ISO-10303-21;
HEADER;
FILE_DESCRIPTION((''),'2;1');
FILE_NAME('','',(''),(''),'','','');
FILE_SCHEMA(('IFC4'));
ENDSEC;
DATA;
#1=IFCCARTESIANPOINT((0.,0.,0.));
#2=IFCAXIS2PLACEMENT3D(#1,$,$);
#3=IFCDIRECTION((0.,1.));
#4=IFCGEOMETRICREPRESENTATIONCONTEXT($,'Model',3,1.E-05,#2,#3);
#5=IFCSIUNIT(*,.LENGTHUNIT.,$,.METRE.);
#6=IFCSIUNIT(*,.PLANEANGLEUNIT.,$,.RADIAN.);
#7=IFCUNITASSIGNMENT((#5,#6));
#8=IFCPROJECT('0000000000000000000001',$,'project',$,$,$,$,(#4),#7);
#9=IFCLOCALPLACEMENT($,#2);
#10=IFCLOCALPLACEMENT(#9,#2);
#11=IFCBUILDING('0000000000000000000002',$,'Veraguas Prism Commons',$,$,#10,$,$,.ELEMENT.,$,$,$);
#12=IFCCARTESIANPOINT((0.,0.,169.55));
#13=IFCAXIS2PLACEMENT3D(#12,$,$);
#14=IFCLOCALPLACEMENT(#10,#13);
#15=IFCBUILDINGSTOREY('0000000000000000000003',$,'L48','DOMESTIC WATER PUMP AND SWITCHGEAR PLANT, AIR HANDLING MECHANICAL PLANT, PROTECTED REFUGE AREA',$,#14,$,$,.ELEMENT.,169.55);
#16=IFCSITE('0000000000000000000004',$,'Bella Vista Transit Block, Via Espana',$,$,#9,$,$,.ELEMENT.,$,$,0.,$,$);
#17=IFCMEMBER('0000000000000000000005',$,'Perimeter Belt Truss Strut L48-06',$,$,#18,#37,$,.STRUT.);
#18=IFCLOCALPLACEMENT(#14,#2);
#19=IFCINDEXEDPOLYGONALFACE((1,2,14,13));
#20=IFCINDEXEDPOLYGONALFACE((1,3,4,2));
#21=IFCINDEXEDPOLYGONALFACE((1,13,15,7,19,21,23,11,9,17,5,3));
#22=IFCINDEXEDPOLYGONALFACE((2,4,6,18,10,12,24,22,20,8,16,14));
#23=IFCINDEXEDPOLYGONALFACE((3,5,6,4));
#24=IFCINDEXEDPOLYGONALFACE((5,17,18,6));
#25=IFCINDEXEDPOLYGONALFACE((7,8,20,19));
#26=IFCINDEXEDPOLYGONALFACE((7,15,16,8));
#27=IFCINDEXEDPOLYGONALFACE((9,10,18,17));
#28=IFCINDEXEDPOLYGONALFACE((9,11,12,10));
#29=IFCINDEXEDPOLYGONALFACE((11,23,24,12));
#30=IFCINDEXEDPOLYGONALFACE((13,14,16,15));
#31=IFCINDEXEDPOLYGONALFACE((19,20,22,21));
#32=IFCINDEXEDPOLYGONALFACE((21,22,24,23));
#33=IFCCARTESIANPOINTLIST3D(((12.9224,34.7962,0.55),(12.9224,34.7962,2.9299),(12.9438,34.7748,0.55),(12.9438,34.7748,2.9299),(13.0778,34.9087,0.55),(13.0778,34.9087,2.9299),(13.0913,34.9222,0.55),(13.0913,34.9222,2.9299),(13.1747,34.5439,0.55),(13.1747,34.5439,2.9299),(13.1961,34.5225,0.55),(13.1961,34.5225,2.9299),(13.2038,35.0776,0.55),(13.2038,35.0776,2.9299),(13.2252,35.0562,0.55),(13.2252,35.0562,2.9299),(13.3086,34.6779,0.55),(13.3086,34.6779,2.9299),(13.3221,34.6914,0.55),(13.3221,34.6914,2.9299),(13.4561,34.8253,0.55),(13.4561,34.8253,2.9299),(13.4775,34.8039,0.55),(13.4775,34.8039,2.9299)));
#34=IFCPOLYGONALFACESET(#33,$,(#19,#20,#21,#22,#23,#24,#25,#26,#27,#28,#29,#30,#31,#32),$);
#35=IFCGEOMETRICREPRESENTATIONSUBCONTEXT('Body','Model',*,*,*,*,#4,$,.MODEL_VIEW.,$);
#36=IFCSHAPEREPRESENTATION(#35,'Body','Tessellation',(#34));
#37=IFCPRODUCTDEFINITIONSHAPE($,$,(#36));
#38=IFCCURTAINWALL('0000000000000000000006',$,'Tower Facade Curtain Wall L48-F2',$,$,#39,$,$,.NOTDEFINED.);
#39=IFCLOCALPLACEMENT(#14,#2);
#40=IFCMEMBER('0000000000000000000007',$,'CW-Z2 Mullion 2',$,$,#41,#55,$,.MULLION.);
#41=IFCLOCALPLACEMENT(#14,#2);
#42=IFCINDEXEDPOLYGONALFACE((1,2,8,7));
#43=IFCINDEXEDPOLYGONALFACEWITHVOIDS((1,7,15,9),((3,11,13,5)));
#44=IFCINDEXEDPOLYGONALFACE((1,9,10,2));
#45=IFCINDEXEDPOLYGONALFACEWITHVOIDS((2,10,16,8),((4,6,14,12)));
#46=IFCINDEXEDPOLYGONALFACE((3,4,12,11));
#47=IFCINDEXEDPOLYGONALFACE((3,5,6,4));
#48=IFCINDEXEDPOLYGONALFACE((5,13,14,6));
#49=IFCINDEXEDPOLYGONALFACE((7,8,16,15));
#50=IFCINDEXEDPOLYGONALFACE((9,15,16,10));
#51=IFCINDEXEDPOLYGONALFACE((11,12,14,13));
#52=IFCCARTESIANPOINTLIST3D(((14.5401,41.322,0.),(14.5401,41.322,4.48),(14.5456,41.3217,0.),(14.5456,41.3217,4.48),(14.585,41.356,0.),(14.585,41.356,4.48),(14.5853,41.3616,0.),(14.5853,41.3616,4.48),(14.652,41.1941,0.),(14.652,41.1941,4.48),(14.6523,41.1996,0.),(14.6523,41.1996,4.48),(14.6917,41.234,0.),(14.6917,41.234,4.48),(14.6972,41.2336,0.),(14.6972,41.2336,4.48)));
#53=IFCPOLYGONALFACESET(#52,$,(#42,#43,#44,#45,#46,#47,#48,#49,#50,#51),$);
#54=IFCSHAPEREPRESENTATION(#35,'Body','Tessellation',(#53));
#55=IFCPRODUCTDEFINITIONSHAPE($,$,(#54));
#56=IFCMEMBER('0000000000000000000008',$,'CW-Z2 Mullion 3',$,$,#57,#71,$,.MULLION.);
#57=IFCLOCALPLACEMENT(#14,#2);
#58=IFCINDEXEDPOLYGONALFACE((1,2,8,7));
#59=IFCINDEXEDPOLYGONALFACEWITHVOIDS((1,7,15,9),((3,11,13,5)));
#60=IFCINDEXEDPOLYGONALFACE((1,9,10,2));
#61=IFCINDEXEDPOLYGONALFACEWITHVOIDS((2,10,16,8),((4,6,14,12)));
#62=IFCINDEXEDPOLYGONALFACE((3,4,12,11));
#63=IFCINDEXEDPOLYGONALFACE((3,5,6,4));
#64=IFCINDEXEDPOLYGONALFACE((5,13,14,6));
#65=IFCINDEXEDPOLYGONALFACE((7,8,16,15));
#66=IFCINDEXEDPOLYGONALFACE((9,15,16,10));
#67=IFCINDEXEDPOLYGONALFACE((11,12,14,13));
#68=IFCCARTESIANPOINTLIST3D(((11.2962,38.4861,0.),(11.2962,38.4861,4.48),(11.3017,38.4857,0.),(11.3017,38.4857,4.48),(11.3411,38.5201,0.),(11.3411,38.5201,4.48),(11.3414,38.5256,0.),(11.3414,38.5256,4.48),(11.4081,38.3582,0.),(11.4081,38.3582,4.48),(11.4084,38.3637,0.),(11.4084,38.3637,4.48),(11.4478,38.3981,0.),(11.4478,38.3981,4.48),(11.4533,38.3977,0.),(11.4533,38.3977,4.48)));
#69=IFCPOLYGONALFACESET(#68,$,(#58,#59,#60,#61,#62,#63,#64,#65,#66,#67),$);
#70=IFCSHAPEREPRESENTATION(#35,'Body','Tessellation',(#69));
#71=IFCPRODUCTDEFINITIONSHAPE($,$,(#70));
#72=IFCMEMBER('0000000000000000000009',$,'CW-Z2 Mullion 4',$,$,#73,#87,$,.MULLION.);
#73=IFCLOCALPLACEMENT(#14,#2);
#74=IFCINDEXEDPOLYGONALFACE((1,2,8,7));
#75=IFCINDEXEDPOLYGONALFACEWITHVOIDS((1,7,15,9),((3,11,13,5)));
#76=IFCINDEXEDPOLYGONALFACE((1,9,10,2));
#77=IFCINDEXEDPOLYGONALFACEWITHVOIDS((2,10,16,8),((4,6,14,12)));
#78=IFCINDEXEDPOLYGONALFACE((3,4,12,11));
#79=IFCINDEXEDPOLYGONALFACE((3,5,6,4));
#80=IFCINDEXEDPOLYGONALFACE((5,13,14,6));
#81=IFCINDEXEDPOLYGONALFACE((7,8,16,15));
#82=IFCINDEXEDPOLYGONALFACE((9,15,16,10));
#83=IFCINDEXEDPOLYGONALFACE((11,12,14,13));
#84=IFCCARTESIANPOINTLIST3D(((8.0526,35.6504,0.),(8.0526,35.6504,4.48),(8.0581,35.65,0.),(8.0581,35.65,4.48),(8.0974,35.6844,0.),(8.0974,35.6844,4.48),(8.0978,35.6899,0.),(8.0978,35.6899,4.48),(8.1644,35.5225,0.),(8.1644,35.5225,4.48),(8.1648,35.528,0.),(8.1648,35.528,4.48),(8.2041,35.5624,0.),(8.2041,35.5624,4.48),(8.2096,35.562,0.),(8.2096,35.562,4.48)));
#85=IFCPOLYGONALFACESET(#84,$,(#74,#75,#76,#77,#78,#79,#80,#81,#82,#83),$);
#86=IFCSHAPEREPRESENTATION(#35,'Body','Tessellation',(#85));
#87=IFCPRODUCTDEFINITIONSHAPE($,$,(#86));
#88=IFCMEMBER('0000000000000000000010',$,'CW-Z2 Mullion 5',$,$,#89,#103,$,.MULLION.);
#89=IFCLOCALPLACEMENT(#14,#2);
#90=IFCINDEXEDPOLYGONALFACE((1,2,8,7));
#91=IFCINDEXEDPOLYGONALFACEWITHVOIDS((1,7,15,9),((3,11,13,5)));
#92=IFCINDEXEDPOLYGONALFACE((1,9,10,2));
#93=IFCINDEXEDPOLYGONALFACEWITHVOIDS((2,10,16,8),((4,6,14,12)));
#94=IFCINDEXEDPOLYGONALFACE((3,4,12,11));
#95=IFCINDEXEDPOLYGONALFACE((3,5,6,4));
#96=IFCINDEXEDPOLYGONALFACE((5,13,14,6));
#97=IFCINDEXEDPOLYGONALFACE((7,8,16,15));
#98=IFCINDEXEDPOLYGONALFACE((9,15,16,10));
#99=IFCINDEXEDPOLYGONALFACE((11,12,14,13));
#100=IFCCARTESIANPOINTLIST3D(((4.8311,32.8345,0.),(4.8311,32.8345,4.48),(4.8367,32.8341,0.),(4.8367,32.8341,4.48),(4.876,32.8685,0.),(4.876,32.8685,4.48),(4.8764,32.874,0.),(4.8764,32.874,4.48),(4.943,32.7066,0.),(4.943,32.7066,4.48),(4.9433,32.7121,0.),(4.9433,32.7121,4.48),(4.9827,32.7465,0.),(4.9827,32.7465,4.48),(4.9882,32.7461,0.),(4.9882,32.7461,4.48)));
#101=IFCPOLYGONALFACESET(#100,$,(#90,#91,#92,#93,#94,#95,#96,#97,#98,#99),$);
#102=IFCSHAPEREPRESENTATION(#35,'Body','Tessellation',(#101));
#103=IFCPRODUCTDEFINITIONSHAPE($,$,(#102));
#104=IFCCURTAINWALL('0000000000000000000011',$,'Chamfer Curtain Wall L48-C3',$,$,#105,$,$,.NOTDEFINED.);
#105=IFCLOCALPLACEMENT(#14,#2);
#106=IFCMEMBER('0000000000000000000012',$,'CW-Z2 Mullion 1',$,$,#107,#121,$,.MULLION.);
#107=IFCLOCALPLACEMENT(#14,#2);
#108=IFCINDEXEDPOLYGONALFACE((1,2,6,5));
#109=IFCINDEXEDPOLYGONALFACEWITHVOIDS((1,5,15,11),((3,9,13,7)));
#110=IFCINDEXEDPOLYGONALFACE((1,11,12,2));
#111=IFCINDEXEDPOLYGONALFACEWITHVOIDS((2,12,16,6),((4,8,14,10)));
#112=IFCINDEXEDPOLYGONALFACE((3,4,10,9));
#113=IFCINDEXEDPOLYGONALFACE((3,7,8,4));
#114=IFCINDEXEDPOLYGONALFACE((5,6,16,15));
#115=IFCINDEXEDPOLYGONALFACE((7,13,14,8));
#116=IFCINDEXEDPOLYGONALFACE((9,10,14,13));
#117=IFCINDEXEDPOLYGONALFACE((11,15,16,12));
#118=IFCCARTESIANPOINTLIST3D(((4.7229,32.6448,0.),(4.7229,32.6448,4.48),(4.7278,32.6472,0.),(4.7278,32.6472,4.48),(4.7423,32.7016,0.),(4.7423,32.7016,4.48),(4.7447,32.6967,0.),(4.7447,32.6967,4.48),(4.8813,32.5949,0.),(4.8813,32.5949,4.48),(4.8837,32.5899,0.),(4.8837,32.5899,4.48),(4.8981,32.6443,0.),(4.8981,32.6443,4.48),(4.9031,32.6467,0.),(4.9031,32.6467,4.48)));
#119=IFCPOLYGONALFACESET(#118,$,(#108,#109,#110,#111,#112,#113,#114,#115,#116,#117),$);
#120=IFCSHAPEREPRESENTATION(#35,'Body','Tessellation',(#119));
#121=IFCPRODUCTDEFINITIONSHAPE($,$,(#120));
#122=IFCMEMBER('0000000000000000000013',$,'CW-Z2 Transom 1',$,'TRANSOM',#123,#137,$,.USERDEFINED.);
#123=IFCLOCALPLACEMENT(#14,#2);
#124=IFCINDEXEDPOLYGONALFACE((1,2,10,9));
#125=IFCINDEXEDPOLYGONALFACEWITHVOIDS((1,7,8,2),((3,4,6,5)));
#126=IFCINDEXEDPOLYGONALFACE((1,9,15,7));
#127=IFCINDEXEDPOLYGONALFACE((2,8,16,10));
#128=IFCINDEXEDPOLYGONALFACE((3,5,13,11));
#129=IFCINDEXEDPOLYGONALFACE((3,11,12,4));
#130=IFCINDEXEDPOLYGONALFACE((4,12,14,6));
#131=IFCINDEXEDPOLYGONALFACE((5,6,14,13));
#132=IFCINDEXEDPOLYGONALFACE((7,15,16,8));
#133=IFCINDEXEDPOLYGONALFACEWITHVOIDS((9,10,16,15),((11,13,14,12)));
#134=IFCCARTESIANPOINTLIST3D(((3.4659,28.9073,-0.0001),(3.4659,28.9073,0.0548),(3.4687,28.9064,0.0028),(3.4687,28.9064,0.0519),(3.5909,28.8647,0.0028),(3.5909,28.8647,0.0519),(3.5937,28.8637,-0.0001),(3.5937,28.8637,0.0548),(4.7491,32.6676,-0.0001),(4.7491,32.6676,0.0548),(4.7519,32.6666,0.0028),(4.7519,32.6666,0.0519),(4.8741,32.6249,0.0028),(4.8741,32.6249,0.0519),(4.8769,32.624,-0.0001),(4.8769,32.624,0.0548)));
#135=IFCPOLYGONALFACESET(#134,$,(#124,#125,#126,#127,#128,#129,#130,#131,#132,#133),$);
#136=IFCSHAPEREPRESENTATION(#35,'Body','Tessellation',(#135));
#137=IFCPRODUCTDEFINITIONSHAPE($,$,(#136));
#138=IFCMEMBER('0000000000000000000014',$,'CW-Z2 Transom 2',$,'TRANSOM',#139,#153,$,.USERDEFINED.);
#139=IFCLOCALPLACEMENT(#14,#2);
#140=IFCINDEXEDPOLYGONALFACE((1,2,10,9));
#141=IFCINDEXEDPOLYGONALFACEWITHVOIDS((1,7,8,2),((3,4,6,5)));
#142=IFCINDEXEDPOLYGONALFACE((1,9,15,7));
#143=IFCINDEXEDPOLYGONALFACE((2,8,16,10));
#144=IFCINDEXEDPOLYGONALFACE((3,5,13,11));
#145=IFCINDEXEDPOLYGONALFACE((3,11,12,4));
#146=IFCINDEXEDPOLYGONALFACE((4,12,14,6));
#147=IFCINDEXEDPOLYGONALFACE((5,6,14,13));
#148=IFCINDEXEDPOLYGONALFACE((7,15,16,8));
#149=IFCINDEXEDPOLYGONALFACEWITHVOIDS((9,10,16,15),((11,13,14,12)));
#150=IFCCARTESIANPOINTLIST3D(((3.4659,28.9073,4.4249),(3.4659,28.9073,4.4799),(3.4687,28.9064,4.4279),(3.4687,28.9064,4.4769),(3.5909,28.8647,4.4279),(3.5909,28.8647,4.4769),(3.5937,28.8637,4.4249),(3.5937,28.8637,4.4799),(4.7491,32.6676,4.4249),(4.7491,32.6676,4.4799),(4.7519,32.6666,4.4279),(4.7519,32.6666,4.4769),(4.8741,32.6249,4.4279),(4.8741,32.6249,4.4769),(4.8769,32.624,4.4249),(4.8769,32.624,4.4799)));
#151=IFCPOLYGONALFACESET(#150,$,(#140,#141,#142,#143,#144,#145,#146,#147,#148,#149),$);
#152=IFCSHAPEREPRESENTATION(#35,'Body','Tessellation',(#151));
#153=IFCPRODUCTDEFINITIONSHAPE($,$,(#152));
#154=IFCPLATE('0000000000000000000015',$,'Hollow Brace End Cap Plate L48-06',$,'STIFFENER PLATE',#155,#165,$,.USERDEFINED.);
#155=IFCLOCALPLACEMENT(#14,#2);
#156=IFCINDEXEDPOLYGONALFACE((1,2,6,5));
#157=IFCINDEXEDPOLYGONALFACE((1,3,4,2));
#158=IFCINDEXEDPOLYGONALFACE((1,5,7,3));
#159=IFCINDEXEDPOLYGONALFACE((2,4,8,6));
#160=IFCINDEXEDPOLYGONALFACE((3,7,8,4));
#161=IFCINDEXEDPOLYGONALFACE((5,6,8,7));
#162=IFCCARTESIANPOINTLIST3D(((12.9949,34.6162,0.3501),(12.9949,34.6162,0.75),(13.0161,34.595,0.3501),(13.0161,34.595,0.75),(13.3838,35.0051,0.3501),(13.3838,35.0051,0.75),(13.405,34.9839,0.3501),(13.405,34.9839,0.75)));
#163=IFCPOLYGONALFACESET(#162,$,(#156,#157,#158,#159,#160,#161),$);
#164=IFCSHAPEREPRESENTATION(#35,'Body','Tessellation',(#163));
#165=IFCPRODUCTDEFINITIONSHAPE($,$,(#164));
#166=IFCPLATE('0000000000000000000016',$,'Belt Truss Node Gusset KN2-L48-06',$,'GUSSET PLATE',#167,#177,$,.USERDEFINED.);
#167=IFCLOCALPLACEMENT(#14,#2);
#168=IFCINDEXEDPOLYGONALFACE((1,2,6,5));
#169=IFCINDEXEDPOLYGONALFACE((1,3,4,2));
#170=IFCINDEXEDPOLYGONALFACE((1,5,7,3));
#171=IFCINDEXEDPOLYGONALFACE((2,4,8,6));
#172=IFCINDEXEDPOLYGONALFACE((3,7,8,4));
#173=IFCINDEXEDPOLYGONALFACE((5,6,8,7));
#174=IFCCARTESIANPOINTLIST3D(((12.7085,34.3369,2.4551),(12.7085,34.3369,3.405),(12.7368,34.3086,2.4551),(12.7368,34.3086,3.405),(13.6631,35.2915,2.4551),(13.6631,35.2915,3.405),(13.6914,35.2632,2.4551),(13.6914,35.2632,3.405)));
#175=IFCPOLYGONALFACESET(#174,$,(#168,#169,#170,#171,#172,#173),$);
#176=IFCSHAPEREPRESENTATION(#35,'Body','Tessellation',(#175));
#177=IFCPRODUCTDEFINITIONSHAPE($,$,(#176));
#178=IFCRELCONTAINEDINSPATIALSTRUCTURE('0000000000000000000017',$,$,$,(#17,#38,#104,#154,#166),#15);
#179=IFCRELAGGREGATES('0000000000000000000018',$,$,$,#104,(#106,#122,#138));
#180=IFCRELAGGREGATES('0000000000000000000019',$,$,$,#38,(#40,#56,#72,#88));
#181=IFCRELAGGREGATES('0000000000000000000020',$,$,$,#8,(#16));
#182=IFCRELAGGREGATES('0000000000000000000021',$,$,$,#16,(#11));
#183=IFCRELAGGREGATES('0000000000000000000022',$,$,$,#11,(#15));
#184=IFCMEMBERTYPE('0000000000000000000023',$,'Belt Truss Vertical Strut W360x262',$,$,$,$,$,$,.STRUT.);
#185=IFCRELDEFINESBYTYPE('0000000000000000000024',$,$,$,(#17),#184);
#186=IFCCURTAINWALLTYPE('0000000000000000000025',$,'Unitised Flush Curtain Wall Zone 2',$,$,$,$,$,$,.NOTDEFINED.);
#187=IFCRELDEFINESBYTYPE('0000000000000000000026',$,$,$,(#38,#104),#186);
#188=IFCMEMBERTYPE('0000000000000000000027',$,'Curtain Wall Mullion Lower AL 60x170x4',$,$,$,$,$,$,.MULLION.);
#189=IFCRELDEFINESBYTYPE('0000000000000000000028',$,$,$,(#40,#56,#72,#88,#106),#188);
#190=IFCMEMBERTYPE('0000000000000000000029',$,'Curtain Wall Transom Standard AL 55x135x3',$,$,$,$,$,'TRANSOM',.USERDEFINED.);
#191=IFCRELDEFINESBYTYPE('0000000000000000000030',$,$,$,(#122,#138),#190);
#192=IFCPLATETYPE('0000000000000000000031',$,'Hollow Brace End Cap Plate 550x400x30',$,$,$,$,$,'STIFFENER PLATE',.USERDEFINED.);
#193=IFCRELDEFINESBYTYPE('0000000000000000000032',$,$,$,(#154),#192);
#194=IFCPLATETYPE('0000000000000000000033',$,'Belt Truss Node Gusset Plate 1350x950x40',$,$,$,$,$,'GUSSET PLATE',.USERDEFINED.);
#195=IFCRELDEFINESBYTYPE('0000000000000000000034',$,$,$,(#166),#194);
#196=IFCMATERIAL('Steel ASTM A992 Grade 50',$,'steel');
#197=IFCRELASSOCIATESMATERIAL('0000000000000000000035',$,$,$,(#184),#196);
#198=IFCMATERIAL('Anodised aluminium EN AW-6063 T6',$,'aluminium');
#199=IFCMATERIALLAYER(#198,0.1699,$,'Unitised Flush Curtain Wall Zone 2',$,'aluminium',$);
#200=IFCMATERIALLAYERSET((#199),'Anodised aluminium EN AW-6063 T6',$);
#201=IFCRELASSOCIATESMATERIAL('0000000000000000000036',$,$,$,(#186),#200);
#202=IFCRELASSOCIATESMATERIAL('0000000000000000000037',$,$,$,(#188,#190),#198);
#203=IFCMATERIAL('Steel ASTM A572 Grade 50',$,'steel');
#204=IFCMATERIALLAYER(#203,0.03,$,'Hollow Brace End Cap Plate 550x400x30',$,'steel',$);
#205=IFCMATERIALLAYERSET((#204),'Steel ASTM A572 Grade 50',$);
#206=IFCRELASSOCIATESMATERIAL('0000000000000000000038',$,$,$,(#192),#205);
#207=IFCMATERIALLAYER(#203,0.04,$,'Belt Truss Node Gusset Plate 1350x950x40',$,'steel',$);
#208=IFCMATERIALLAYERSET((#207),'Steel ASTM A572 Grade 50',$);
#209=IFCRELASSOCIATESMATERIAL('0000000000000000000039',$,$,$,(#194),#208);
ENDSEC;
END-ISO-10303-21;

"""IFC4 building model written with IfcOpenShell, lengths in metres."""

from ifc_helpers import new_model, si_unit, direction, frame, origin, origin_2d, place, context, subcontext, project, spatial, rectangle, hollow_rectangle, i_section, extrude, source, transform, mapped, material, layer, layer_set, material_profile, profile_set, type_object, element, aggregate, save


model = new_model("IFC4")

# Units and contexts
model_context = context("Model", 3, precision=1e-05, world=origin(), true_north=direction((0.0, 1.0)))
body_context = subcontext(model_context, "Body", "Model", "MODEL_VIEW")
ifc_project = project(units=[si_unit("LENGTHUNIT", "METRE"), si_unit("PLANEANGLEUNIT", "RADIAN")], contexts=[model_context])

# Site, building, storey
site_placement = place(None, origin())
site = spatial("IfcSite", under=ifc_project, at=site_placement, Name="Bella Vista Transit Block, Via Espana", CompositionType="ELEMENT", RefElevation=0.0)
building_placement = place(site_placement, origin())
building = spatial("IfcBuilding", under=site, at=building_placement, Name="Veraguas Prism Commons", CompositionType="ELEMENT")
storey_placement = place(building_placement, frame((0.0, 0.0, 169.55)))
storey = spatial("IfcBuildingStorey", under=building, at=storey_placement, Name="L48", Description="DOMESTIC WATER PUMP AND SWITCHGEAR PLANT, AIR HANDLING MECHANICAL PLANT, PROTECTED REFUGE AREA", CompositionType="ELEMENT", Elevation=169.55)

# Member
ifc_material_1 = material(Name="Steel ASTM A992 Grade 50", Category="steel")
ifc_material_profile_1 = material_profile(ifc_material_1, i_section(OverallWidth=0.3979, OverallDepth=0.387, WebThickness=0.019, FlangeThickness=0.0303, at=origin_2d()), Name="W360X262")
ifc_profile_set_1 = profile_set([ifc_material_profile_1], Name="Steel ASTM A992 Grade 50")
member_type_1 = type_object("IfcMemberType", Name="Belt Truss Vertical Strut W360x262", PredefinedType="STRUT", material=ifc_profile_set_1)
member_1_placement = place(storey_placement, frame((13.2, 34.8, 0.55), z_axis=(0.0, 0.0, 1.0), x_axis=(-0.707107, -0.707107, 0.0)))
element("IfcMember", 1, at=member_1_placement, inside=storey, type_object=member_type_1, Name="Perimeter Belt Truss Strut L48-06", PredefinedType="STRUT", context=body_context, shape_type="SweptSolid", body=[
    extrude(i_section(OverallWidth=0.3979, OverallDepth=0.387, WebThickness=0.019, FlangeThickness=0.0303, at=origin_2d()), origin(), (0.0, 0.0, 1.0), 2.3799),
])

# Curtain walls, members
ifc_material_2 = material(Name="Anodised aluminium EN AW-6063 T6", Category="aluminium")
ifc_layer_1 = layer(ifc_material_2, 0.1699, Name="Unitised Flush Curtain Wall Zone 2", Category="aluminium")
ifc_layer_set_1 = layer_set([ifc_layer_1], Name="Anodised aluminium EN AW-6063 T6")
curtain_wall_type = type_object("IfcCurtainWallType", Name="Unitised Flush Curtain Wall Zone 2", PredefinedType="NOTDEFINED", material=ifc_layer_set_1)
curtain_wall_1_placement = place(storey_placement, origin())
curtain_wall_1 = element("IfcCurtainWall", 2, at=curtain_wall_1_placement, inside=storey, type_object=curtain_wall_type, Name="Tower Facade Curtain Wall L48-F2", PredefinedType="NOTDEFINED")
ifc_material_profile_2 = material_profile(ifc_material_2, hollow_rectangle(XDim=0.0601, YDim=0.1699, WallThickness=0.0039, at=origin_2d()), Name="AL60X170X4")
ifc_profile_set_2 = profile_set([ifc_material_profile_2], Name="Anodised aluminium EN AW-6063 T6")
member_type_2 = type_object("IfcMemberType", Name="Curtain Wall Mullion Lower AL 60x170x4", PredefinedType="MULLION", material=ifc_profile_set_2)
shared_shape_1 = source(origin(), body_context, "Body", "SweptSolid", [
    extrude(hollow_rectangle(XDim=0.0601, YDim=0.1699, WallThickness=0.0039, at=origin_2d()), origin(), (0.0, 0.0, 1.0), 4.48),
])
member_2_placement = place(storey_placement, frame((14.6187, 41.2778, 0.0), z_axis=(0.0, 0.0, 1.0), x_axis=(-0.752872, -0.658167, 0.0)))
member_2 = element("IfcMember", 3, at=member_2_placement, type_object=member_type_2, Name="CW-Z2 Mullion 2", PredefinedType="MULLION", context=body_context, shape_type="MappedRepresentation", body=[
    mapped(shared_shape_1, transform((0.0, 0.0, 0.0), scale=1.0)),
])
member_3_placement = place(storey_placement, frame((11.3748, 38.4419, 0.0), z_axis=(0.0, 0.0, 1.0), x_axis=(-0.752872, -0.658167, 0.0)))
member_3 = element("IfcMember", 4, at=member_3_placement, type_object=member_type_2, Name="CW-Z2 Mullion 3", PredefinedType="MULLION", context=body_context, shape_type="MappedRepresentation", body=[
    mapped(shared_shape_1, transform((0.0, 0.0, 0.0), scale=1.0)),
])
member_4_placement = place(storey_placement, frame((8.1311, 35.6062, 0.0), z_axis=(0.0, 0.0, 1.0), x_axis=(-0.752872, -0.658167, 0.0)))
member_4 = element("IfcMember", 5, at=member_4_placement, type_object=member_type_2, Name="CW-Z2 Mullion 4", PredefinedType="MULLION", context=body_context, shape_type="MappedRepresentation", body=[
    mapped(shared_shape_1, transform((0.0, 0.0, 0.0), scale=1.0)),
])
member_5_placement = place(storey_placement, frame((4.9097, 32.7903, 0.0), z_axis=(0.0, 0.0, 1.0), x_axis=(-0.752872, -0.658167, 0.0)))
member_5 = element("IfcMember", 6, at=member_5_placement, type_object=member_type_2, Name="CW-Z2 Mullion 5", PredefinedType="MULLION", context=body_context, shape_type="MappedRepresentation", body=[
    mapped(shared_shape_1, transform((0.0, 0.0, 0.0), scale=1.0)),
])
curtain_wall_2_placement = place(storey_placement, origin())
curtain_wall_2 = element("IfcCurtainWall", 7, at=curtain_wall_2_placement, inside=storey, type_object=curtain_wall_type, Name="Chamfer Curtain Wall L48-C3", PredefinedType="NOTDEFINED")
member_6_placement = place(storey_placement, frame((4.813, 32.6458, 0.0), z_axis=(0.0, 0.0, 1.0), x_axis=(-0.32293, -0.946423, 0.0)))
member_6 = element("IfcMember", 8, at=member_6_placement, type_object=member_type_2, Name="CW-Z2 Mullion 1", PredefinedType="MULLION", context=body_context, shape_type="MappedRepresentation", body=[
    mapped(shared_shape_1, transform((0.0, 0.0, 0.0), scale=1.0)),
])
ifc_material_profile_3 = material_profile(ifc_material_2, hollow_rectangle(XDim=0.0549, YDim=0.135, WallThickness=0.0029, at=origin_2d()), Name="AL55X135X3")
ifc_profile_set_3 = profile_set([ifc_material_profile_3], Name="Anodised aluminium EN AW-6063 T6")
member_type_3 = type_object("IfcMemberType", Name="Curtain Wall Transom Standard AL 55x135x3", ElementType="TRANSOM", PredefinedType="USERDEFINED", material=ifc_profile_set_3)
shared_shape_2 = source(origin(), body_context, "Body", "SweptSolid", [
    extrude(hollow_rectangle(XDim=0.0549, YDim=0.135, WallThickness=0.0029, at=origin_2d()), origin(), (0.0, 0.0, 1.0), 3.9731),
])
member_7_placement = place(storey_placement, frame((4.813, 32.6458, 0.0273), z_axis=(-0.322967, -0.94641, 0.0), x_axis=(0.0, 0.0, 1.0)))
member_7 = element("IfcMember", 9, at=member_7_placement, type_object=member_type_3, Name="CW-Z2 Transom 1", ObjectType="TRANSOM", PredefinedType="USERDEFINED", context=body_context, shape_type="MappedRepresentation", body=[
    mapped(shared_shape_2, transform((0.0, 0.0, 0.0), scale=1.0)),
])
member_8_placement = place(storey_placement, frame((4.813, 32.6458, 4.4524), z_axis=(-0.322967, -0.94641, 0.0), x_axis=(0.0, 0.0, 1.0)))
member_8 = element("IfcMember", 10, at=member_8_placement, type_object=member_type_3, Name="CW-Z2 Transom 2", ObjectType="TRANSOM", PredefinedType="USERDEFINED", context=body_context, shape_type="MappedRepresentation", body=[
    mapped(shared_shape_2, transform((0.0, 0.0, 0.0), scale=1.0)),
])
aggregate(curtain_wall_2, [member_6, member_7, member_8])

# Plates
ifc_material_3 = material(Name="Steel ASTM A572 Grade 50", Category="steel")
ifc_layer_2 = layer(ifc_material_3, 0.03, Name="Hollow Brace End Cap Plate 550x400x30", Category="steel")
ifc_layer_set_2 = layer_set([ifc_layer_2], Name="Steel ASTM A572 Grade 50")
plate_type_1 = type_object("IfcPlateType", Name="Hollow Brace End Cap Plate 550x400x30", ElementType="STIFFENER PLATE", PredefinedType="USERDEFINED", material=ifc_layer_set_2)
shared_shape_3 = source(origin(), body_context, "Body", "SweptSolid", [
    extrude(rectangle(XDim=0.55, YDim=0.03, at=origin_2d()), origin(), (0.0, 0.0, 1.0), 0.3999),
])
plate_1_placement = place(storey_placement, frame((13.2, 34.8, 0.3501), z_axis=(0.0, 0.0, 1.0), x_axis=(-0.707107, -0.707107, 0.0)))
element("IfcPlate", 11, at=plate_1_placement, inside=storey, type_object=plate_type_1, Name="Hollow Brace End Cap Plate L48-06", ObjectType="STIFFENER PLATE", PredefinedType="USERDEFINED", context=body_context, shape_type="MappedRepresentation", body=[
    mapped(shared_shape_3, transform((0.0, 0.0, 0.0), scale=1.0)),
])
ifc_layer_3 = layer(ifc_material_3, 0.04, Name="Belt Truss Node Gusset Plate 1350x950x40", Category="steel")
ifc_layer_set_3 = layer_set([ifc_layer_3], Name="Steel ASTM A572 Grade 50")
plate_type_2 = type_object("IfcPlateType", Name="Belt Truss Node Gusset Plate 1350x950x40", ElementType="GUSSET PLATE", PredefinedType="USERDEFINED", material=ifc_layer_set_3)
shared_shape_4 = source(origin(), body_context, "Body", "SweptSolid", [
    extrude(rectangle(XDim=1.3501, YDim=0.04, at=origin_2d()), origin(), (0.0, 0.0, 1.0), 0.95),
])
plate_2_placement = place(storey_placement, frame((13.2, 34.8, 2.4551), z_axis=(0.0, 0.0, 1.0), x_axis=(-0.707107, -0.707107, 0.0)))
element("IfcPlate", 12, at=plate_2_placement, inside=storey, type_object=plate_type_2, Name="Belt Truss Node Gusset KN2-L48-06", ObjectType="GUSSET PLATE", PredefinedType="USERDEFINED", context=body_context, shape_type="MappedRepresentation", body=[
    mapped(shared_shape_4, transform((0.0, 0.0, 0.0), scale=1.0)),
])

aggregate(curtain_wall_1, [member_2, member_3, member_4, member_5])

save(model, "model.ifc")
